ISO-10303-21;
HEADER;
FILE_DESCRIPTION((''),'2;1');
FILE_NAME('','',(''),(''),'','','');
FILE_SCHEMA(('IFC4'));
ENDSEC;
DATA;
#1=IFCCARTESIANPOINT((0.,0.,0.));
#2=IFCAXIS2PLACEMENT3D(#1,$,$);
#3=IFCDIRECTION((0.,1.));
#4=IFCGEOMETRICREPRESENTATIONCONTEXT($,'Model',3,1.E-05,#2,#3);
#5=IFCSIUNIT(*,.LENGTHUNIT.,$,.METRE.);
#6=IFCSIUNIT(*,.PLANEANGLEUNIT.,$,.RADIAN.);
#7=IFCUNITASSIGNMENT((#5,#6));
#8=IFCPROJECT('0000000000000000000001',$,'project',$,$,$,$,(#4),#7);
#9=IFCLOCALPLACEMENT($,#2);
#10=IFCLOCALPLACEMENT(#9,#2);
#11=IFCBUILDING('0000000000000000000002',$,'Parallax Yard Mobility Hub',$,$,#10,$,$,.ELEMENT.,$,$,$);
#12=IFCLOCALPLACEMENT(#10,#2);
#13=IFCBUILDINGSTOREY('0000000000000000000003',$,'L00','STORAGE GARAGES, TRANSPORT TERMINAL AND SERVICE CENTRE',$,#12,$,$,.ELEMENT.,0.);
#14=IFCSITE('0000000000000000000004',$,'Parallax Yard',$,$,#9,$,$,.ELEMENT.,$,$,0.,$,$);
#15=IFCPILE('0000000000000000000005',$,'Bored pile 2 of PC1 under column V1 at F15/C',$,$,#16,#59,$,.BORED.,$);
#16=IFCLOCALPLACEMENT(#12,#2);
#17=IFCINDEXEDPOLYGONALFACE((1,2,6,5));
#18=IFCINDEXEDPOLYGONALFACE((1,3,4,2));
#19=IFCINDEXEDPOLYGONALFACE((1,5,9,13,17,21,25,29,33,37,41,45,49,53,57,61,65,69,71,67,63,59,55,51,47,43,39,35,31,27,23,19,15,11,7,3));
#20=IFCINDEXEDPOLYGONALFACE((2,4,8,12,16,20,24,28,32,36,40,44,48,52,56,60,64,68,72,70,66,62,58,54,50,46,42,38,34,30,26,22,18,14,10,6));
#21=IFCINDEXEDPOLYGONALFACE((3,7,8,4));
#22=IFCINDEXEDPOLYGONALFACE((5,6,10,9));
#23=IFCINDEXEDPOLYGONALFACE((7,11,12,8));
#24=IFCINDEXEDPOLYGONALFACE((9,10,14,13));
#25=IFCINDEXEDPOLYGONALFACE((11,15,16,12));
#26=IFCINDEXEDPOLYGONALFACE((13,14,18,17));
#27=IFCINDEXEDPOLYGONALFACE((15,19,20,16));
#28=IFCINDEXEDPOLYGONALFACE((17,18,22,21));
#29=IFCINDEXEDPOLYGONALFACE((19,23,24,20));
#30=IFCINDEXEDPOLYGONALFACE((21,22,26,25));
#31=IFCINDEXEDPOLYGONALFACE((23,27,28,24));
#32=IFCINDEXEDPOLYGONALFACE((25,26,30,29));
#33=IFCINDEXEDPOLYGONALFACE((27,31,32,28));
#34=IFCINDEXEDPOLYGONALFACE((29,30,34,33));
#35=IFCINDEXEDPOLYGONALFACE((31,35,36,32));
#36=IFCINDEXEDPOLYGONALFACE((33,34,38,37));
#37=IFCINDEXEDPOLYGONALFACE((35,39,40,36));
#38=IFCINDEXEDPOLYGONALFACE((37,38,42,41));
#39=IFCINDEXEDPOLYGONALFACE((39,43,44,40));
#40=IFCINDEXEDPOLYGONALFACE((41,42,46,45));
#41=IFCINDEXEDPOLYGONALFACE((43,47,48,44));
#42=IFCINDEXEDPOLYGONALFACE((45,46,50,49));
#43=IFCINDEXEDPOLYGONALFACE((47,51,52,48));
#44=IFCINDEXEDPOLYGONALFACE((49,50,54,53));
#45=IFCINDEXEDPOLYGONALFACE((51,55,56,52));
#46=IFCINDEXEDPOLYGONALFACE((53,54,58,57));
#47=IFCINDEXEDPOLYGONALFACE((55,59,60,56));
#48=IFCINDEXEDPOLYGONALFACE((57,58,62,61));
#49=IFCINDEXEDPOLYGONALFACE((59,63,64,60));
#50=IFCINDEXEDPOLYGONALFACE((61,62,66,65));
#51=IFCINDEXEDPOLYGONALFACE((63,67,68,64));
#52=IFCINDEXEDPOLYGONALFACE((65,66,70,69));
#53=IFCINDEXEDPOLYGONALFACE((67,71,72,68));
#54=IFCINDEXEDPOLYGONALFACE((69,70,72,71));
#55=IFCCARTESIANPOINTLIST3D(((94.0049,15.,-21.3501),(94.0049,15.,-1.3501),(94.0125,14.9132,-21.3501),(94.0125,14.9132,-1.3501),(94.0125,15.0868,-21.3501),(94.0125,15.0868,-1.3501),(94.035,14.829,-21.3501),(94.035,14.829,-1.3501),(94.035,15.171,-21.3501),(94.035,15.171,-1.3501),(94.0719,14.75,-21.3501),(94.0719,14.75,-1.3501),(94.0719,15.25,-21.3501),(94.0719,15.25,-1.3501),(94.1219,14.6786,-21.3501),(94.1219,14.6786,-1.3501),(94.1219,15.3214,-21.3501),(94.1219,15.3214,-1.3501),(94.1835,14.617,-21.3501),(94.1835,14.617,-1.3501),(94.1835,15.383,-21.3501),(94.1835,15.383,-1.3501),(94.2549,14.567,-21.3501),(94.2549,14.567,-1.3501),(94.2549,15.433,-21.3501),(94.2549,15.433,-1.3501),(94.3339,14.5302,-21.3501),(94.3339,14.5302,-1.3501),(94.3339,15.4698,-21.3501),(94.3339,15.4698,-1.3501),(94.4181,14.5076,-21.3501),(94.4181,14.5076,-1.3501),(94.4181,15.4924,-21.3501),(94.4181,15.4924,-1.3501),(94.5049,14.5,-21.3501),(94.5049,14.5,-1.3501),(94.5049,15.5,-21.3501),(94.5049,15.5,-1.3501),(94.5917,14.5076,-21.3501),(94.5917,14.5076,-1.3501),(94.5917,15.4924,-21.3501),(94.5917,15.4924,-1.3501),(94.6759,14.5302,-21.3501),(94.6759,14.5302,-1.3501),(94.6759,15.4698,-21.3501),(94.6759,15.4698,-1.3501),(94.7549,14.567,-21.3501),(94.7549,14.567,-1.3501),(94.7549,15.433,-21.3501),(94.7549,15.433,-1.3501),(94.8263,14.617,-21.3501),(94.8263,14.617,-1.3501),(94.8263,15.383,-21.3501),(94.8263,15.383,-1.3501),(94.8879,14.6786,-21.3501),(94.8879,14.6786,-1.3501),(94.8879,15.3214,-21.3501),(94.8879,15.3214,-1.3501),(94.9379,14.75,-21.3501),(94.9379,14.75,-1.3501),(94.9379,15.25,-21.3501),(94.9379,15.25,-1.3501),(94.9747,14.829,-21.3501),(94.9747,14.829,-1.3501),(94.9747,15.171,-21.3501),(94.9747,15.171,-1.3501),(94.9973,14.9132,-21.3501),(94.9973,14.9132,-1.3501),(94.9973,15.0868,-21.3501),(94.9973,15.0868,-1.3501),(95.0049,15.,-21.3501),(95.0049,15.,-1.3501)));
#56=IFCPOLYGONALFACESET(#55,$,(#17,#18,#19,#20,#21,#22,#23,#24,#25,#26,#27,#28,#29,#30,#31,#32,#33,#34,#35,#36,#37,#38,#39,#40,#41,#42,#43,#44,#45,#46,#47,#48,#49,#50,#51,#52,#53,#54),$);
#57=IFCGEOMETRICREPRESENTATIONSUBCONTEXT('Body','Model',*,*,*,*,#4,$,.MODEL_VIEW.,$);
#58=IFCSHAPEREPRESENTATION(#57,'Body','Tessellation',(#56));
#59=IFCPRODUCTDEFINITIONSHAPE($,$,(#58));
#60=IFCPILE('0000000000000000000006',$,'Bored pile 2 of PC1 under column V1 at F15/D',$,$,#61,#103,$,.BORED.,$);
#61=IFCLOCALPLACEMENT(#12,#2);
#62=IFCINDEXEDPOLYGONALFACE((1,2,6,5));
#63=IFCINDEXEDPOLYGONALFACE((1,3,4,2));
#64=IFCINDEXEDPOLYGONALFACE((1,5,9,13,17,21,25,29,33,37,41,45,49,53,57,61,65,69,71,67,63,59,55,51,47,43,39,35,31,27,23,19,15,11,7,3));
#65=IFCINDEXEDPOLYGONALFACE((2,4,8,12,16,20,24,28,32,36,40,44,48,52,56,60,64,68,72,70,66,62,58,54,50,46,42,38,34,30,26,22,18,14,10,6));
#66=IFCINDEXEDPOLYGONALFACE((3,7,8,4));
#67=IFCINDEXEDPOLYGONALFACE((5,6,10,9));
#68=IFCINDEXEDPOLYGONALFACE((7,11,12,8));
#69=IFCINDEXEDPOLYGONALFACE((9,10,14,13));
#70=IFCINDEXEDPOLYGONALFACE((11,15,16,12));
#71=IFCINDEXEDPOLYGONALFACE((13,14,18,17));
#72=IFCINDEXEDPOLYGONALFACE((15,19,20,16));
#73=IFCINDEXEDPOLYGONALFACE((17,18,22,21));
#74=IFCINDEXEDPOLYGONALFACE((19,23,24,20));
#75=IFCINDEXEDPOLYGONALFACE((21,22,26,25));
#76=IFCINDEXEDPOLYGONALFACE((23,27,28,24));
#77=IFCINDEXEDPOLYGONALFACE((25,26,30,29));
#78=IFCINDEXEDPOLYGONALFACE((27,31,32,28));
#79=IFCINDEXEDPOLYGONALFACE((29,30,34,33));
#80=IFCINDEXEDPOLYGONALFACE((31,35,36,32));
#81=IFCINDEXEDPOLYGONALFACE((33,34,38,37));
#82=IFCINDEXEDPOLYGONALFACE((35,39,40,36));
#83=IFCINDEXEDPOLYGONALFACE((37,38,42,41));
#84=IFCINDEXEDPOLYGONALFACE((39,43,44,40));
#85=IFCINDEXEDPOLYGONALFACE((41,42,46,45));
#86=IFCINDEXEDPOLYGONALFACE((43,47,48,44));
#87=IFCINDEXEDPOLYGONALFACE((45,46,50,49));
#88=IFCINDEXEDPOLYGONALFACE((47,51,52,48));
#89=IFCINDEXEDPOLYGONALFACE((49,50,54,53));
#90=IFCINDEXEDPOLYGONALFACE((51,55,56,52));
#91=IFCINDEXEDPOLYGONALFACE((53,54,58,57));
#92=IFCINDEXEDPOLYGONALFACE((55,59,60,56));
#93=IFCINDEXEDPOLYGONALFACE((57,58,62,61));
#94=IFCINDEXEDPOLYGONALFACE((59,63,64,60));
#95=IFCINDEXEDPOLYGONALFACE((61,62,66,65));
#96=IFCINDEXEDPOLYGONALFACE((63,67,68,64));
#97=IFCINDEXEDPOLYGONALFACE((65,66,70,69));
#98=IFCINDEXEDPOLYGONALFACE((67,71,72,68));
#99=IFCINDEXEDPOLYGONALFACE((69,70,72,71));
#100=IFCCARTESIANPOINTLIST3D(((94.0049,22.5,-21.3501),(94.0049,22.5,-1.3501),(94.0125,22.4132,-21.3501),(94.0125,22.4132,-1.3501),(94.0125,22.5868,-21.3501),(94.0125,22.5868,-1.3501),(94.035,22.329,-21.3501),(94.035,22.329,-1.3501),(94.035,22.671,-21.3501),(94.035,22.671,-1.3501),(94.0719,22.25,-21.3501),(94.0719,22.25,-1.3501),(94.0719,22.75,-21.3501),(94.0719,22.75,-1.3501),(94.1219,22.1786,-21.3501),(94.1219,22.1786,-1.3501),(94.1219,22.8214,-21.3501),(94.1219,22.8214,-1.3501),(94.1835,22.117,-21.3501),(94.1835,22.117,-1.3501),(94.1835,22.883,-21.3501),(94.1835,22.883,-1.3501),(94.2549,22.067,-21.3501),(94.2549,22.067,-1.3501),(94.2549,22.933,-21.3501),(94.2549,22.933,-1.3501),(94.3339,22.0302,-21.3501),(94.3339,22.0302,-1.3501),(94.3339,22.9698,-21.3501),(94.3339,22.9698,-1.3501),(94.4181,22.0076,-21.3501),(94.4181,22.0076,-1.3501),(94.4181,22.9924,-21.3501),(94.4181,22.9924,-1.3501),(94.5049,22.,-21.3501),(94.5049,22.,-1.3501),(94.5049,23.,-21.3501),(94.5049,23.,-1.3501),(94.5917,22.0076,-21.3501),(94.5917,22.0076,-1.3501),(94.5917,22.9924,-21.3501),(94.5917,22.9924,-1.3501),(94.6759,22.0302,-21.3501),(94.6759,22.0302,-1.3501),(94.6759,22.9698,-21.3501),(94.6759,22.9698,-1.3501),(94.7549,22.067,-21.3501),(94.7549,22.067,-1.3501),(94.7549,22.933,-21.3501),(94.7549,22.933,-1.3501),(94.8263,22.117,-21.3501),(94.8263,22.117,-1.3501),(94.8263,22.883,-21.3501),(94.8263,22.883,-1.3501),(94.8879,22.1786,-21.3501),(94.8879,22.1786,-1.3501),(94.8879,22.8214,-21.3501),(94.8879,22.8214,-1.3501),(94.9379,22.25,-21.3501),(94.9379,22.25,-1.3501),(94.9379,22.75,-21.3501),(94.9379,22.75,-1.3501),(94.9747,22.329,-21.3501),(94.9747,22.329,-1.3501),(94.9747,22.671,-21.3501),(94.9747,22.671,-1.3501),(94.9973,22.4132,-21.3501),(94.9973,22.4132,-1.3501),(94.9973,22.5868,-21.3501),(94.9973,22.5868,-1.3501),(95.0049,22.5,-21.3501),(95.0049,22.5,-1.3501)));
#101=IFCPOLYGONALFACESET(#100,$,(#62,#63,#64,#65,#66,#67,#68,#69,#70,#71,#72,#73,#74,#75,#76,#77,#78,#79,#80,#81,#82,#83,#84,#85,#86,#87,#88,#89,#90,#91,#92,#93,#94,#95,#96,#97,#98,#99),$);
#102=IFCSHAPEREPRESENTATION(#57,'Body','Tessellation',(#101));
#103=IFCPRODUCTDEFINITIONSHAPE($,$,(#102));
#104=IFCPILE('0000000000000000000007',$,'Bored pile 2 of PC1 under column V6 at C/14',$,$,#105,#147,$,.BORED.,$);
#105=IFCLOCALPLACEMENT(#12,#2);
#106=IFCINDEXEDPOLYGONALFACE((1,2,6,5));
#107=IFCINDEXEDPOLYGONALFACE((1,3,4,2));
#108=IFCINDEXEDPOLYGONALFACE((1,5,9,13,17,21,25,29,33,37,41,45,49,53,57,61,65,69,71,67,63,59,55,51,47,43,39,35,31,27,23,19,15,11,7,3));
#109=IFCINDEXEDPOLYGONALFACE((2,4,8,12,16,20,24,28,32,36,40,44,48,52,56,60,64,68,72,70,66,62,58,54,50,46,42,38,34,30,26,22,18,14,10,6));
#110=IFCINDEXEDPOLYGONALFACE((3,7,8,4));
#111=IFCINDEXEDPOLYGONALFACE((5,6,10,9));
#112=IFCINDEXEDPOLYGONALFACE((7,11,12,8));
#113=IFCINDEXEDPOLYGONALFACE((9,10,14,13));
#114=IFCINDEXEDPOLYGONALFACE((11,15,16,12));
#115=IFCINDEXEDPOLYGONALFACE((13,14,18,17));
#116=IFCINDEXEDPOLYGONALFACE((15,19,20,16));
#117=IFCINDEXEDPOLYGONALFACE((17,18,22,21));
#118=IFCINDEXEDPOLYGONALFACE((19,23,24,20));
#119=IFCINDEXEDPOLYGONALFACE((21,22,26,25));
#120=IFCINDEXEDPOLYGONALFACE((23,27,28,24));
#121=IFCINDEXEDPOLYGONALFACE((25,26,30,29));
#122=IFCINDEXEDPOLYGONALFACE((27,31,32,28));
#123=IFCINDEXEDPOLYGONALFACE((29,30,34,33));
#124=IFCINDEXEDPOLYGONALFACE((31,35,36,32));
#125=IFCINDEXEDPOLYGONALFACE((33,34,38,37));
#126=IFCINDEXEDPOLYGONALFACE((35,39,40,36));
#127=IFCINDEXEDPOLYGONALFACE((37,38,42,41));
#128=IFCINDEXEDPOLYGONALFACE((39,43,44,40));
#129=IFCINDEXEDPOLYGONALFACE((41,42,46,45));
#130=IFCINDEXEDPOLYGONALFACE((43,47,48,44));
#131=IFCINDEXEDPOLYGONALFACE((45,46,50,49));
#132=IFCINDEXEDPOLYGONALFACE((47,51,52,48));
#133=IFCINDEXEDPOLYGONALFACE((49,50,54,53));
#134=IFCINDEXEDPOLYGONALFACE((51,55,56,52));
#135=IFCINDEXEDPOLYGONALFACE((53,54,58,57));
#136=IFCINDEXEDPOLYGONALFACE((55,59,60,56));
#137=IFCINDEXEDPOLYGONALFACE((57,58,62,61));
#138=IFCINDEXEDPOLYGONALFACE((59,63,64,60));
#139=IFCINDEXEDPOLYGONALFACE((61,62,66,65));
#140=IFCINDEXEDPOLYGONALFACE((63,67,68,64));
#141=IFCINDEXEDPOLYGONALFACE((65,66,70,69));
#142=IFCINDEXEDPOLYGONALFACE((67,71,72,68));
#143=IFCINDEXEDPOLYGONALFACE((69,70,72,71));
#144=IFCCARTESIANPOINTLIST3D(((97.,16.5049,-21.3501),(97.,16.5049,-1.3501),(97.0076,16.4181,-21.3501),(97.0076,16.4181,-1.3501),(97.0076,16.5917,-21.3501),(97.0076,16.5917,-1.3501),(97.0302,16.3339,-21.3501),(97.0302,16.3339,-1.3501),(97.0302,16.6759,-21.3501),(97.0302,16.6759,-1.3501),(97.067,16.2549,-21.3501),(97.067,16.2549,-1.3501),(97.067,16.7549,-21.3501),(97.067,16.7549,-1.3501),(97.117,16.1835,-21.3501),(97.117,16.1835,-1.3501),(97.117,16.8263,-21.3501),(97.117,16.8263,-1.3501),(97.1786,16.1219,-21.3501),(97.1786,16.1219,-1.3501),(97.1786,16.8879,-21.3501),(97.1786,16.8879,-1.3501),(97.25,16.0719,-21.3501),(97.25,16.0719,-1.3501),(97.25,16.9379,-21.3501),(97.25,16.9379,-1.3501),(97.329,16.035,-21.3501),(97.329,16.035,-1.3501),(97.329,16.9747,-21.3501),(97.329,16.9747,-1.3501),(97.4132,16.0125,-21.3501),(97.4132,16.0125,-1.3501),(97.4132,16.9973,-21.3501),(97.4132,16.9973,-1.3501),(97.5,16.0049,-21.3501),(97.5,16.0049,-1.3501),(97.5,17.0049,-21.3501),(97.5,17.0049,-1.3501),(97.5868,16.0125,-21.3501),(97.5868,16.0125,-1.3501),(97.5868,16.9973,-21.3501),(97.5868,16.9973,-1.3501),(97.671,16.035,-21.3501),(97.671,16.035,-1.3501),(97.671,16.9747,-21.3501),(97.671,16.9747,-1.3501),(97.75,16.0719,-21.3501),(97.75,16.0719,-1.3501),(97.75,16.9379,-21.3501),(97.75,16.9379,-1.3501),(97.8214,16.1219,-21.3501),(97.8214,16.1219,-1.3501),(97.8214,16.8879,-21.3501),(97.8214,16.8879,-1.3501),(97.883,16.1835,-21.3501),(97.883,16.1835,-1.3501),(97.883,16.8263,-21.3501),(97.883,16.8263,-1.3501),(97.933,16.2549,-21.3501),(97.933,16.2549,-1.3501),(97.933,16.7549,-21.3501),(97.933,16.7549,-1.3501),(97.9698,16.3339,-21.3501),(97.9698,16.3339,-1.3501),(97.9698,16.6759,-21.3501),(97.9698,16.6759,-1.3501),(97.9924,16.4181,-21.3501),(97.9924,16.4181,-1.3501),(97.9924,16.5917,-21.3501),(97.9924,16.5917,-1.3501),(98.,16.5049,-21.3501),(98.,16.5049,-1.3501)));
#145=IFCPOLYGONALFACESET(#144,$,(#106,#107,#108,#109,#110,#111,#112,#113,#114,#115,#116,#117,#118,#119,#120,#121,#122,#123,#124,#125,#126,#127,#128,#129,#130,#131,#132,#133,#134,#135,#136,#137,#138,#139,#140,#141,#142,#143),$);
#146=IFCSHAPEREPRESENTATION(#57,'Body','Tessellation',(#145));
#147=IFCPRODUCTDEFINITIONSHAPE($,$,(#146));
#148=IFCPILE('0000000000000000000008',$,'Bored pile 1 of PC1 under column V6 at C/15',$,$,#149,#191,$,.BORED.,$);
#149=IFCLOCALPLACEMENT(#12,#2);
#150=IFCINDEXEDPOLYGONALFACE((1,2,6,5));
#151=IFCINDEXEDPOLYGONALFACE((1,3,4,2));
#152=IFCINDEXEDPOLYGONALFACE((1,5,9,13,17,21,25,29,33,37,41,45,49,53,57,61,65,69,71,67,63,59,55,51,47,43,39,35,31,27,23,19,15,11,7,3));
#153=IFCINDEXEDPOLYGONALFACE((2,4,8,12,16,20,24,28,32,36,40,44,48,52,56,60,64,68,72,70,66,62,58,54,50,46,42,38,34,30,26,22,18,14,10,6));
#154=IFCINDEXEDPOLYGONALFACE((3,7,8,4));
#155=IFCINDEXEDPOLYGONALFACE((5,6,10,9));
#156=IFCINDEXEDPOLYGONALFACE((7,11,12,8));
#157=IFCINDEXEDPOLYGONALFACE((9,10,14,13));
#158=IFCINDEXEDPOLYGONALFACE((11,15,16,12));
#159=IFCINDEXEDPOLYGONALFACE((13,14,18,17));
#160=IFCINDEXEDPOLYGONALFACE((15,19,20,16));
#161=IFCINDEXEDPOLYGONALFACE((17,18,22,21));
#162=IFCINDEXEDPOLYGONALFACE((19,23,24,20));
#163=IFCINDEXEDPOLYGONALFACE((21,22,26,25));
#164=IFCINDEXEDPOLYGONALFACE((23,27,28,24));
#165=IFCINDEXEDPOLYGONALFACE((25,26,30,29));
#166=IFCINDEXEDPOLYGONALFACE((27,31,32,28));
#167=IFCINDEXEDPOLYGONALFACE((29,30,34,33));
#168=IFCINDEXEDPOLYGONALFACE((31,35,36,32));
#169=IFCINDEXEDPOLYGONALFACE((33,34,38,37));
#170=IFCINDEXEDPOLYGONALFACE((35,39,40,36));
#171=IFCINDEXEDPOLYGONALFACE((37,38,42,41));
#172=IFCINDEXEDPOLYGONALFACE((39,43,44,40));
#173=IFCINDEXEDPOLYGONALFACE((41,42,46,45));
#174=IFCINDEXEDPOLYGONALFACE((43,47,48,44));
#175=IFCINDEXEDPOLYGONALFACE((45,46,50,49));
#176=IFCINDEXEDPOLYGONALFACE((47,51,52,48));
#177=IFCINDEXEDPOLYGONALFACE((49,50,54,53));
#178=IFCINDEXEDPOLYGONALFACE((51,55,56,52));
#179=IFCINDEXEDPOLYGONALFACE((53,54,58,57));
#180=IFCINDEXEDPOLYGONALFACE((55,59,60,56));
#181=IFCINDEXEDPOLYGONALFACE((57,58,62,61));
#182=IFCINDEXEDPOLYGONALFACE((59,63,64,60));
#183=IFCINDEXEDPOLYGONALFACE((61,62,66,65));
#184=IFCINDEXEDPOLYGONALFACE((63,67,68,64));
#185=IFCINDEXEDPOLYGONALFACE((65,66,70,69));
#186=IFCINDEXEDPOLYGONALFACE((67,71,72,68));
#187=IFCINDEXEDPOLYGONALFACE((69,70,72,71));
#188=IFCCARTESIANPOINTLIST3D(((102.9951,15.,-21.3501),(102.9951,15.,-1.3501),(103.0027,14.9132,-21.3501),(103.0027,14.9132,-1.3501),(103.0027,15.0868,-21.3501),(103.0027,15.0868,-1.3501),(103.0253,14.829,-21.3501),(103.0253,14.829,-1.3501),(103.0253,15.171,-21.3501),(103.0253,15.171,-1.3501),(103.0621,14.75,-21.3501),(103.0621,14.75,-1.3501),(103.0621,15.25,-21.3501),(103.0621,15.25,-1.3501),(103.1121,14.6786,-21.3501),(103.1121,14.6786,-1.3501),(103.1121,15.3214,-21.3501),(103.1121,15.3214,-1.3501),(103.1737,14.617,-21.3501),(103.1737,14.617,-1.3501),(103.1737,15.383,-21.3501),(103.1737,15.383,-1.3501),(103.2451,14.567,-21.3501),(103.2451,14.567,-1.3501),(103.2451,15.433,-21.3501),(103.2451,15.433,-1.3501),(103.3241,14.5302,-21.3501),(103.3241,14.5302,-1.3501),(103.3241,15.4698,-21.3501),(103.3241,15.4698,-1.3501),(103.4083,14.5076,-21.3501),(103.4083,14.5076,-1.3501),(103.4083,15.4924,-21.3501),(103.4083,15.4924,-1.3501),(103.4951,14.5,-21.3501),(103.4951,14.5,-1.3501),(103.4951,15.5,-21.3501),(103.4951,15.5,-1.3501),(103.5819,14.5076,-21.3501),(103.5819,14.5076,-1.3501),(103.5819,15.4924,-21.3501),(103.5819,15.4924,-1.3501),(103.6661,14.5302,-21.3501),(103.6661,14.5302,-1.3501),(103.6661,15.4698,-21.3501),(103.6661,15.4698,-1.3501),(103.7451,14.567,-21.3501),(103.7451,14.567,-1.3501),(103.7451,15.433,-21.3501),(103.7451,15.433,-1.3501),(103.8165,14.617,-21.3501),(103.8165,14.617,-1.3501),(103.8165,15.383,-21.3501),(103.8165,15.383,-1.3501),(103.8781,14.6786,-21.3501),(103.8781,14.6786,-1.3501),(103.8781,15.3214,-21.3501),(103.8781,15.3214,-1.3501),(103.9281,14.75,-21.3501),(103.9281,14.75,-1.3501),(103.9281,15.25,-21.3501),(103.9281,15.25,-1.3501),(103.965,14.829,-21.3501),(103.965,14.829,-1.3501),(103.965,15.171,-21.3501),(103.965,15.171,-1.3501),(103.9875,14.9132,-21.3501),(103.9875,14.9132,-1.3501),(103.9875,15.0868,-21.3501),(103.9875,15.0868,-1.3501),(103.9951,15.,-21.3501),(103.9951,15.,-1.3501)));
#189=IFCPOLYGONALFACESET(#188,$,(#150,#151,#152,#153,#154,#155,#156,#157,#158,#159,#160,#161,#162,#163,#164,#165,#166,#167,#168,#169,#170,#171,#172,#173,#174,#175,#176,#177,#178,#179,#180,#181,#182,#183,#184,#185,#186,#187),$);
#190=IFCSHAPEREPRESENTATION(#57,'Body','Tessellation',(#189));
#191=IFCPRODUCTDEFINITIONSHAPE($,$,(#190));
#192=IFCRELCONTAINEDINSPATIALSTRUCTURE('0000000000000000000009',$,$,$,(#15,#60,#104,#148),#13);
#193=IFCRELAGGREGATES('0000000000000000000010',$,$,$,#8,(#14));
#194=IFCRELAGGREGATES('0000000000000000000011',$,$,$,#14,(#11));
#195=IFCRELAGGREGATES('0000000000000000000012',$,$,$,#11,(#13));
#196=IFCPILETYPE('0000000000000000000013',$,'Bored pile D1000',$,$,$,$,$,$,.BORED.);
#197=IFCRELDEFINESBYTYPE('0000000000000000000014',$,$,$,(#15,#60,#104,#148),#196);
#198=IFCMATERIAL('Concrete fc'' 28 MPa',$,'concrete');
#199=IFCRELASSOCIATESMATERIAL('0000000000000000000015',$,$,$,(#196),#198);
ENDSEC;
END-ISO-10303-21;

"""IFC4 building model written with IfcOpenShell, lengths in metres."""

from ifc_helpers import new_model, si_unit, direction, frame, origin, origin_2d, place, context, subcontext, project, spatial, circle, extrude, material, material_profile, profile_set, type_object, element, save


model = new_model("IFC4")

# Units and contexts
model_context = context("Model", 3, precision=1e-05, world=origin(), true_north=direction((0.0, 1.0)))
body_context = subcontext(model_context, "Body", "Model", "MODEL_VIEW")
ifc_project = project(units=[si_unit("LENGTHUNIT", "METRE"), si_unit("PLANEANGLEUNIT", "RADIAN")], contexts=[model_context])

# Site, building, storey
site_placement = place(None, origin())
site = spatial("IfcSite", under=ifc_project, at=site_placement, Name="Parallax Yard", CompositionType="ELEMENT", RefElevation=0.0)
building_placement = place(site_placement, origin())
building = spatial("IfcBuilding", under=site, at=building_placement, Name="Parallax Yard Mobility Hub", CompositionType="ELEMENT")
storey_placement = place(building_placement, origin())
storey = spatial("IfcBuildingStorey", under=building, at=storey_placement, Name="L00", Description="STORAGE GARAGES, TRANSPORT TERMINAL AND SERVICE CENTRE", CompositionType="ELEMENT", Elevation=0.0)

# Piles
ifc_material_1 = material(Name="Concrete fc' 28 MPa", Category="concrete")
ifc_material_profile_1 = material_profile(ifc_material_1, circle(Radius=0.5, at=origin_2d()), Name="Bored pile D1000")
ifc_profile_set_1 = profile_set([ifc_material_profile_1], Name="Concrete fc' 28 MPa")
pile_type = type_object("IfcPileType", Name="Bored pile D1000", PredefinedType="BORED", material=ifc_profile_set_1)
for number, where, z_axis, x_axis, name in (
    (1, (94.5049, 15.0, -1.3501), (0.0, 0.0, -1.0), (1.0, 0.0, 0.0), "Bored pile 2 of PC1 under column V1 at F15/C"),
    (2, (94.5049, 22.5, -1.3501), (0.0, 0.0, -1.0), (1.0, 0.0, 0.0), "Bored pile 2 of PC1 under column V1 at F15/D"),
    (3, (97.5, 16.5049, -1.3501), (0.0, 0.0, -1.0), (1.0, 0.0, 0.0), "Bored pile 2 of PC1 under column V6 at C/14"),
    (4, (103.4951, 15.0, -1.3501), (0.0, 0.0, -1.0), (1.0, 0.0, 0.0), "Bored pile 1 of PC1 under column V6 at C/15"),
):
    element("IfcPile", number, at=place(storey_placement, frame(where, z_axis=z_axis, x_axis=x_axis)), inside=storey, type_object=pile_type, Name=name, PredefinedType="BORED", context=body_context, shape_type="SweptSolid", body=[
        extrude(circle(Radius=0.5, at=origin_2d()), origin(), (0.0, 0.0, 1.0), 20.0),
    ])

save(model, "model.ifc")
